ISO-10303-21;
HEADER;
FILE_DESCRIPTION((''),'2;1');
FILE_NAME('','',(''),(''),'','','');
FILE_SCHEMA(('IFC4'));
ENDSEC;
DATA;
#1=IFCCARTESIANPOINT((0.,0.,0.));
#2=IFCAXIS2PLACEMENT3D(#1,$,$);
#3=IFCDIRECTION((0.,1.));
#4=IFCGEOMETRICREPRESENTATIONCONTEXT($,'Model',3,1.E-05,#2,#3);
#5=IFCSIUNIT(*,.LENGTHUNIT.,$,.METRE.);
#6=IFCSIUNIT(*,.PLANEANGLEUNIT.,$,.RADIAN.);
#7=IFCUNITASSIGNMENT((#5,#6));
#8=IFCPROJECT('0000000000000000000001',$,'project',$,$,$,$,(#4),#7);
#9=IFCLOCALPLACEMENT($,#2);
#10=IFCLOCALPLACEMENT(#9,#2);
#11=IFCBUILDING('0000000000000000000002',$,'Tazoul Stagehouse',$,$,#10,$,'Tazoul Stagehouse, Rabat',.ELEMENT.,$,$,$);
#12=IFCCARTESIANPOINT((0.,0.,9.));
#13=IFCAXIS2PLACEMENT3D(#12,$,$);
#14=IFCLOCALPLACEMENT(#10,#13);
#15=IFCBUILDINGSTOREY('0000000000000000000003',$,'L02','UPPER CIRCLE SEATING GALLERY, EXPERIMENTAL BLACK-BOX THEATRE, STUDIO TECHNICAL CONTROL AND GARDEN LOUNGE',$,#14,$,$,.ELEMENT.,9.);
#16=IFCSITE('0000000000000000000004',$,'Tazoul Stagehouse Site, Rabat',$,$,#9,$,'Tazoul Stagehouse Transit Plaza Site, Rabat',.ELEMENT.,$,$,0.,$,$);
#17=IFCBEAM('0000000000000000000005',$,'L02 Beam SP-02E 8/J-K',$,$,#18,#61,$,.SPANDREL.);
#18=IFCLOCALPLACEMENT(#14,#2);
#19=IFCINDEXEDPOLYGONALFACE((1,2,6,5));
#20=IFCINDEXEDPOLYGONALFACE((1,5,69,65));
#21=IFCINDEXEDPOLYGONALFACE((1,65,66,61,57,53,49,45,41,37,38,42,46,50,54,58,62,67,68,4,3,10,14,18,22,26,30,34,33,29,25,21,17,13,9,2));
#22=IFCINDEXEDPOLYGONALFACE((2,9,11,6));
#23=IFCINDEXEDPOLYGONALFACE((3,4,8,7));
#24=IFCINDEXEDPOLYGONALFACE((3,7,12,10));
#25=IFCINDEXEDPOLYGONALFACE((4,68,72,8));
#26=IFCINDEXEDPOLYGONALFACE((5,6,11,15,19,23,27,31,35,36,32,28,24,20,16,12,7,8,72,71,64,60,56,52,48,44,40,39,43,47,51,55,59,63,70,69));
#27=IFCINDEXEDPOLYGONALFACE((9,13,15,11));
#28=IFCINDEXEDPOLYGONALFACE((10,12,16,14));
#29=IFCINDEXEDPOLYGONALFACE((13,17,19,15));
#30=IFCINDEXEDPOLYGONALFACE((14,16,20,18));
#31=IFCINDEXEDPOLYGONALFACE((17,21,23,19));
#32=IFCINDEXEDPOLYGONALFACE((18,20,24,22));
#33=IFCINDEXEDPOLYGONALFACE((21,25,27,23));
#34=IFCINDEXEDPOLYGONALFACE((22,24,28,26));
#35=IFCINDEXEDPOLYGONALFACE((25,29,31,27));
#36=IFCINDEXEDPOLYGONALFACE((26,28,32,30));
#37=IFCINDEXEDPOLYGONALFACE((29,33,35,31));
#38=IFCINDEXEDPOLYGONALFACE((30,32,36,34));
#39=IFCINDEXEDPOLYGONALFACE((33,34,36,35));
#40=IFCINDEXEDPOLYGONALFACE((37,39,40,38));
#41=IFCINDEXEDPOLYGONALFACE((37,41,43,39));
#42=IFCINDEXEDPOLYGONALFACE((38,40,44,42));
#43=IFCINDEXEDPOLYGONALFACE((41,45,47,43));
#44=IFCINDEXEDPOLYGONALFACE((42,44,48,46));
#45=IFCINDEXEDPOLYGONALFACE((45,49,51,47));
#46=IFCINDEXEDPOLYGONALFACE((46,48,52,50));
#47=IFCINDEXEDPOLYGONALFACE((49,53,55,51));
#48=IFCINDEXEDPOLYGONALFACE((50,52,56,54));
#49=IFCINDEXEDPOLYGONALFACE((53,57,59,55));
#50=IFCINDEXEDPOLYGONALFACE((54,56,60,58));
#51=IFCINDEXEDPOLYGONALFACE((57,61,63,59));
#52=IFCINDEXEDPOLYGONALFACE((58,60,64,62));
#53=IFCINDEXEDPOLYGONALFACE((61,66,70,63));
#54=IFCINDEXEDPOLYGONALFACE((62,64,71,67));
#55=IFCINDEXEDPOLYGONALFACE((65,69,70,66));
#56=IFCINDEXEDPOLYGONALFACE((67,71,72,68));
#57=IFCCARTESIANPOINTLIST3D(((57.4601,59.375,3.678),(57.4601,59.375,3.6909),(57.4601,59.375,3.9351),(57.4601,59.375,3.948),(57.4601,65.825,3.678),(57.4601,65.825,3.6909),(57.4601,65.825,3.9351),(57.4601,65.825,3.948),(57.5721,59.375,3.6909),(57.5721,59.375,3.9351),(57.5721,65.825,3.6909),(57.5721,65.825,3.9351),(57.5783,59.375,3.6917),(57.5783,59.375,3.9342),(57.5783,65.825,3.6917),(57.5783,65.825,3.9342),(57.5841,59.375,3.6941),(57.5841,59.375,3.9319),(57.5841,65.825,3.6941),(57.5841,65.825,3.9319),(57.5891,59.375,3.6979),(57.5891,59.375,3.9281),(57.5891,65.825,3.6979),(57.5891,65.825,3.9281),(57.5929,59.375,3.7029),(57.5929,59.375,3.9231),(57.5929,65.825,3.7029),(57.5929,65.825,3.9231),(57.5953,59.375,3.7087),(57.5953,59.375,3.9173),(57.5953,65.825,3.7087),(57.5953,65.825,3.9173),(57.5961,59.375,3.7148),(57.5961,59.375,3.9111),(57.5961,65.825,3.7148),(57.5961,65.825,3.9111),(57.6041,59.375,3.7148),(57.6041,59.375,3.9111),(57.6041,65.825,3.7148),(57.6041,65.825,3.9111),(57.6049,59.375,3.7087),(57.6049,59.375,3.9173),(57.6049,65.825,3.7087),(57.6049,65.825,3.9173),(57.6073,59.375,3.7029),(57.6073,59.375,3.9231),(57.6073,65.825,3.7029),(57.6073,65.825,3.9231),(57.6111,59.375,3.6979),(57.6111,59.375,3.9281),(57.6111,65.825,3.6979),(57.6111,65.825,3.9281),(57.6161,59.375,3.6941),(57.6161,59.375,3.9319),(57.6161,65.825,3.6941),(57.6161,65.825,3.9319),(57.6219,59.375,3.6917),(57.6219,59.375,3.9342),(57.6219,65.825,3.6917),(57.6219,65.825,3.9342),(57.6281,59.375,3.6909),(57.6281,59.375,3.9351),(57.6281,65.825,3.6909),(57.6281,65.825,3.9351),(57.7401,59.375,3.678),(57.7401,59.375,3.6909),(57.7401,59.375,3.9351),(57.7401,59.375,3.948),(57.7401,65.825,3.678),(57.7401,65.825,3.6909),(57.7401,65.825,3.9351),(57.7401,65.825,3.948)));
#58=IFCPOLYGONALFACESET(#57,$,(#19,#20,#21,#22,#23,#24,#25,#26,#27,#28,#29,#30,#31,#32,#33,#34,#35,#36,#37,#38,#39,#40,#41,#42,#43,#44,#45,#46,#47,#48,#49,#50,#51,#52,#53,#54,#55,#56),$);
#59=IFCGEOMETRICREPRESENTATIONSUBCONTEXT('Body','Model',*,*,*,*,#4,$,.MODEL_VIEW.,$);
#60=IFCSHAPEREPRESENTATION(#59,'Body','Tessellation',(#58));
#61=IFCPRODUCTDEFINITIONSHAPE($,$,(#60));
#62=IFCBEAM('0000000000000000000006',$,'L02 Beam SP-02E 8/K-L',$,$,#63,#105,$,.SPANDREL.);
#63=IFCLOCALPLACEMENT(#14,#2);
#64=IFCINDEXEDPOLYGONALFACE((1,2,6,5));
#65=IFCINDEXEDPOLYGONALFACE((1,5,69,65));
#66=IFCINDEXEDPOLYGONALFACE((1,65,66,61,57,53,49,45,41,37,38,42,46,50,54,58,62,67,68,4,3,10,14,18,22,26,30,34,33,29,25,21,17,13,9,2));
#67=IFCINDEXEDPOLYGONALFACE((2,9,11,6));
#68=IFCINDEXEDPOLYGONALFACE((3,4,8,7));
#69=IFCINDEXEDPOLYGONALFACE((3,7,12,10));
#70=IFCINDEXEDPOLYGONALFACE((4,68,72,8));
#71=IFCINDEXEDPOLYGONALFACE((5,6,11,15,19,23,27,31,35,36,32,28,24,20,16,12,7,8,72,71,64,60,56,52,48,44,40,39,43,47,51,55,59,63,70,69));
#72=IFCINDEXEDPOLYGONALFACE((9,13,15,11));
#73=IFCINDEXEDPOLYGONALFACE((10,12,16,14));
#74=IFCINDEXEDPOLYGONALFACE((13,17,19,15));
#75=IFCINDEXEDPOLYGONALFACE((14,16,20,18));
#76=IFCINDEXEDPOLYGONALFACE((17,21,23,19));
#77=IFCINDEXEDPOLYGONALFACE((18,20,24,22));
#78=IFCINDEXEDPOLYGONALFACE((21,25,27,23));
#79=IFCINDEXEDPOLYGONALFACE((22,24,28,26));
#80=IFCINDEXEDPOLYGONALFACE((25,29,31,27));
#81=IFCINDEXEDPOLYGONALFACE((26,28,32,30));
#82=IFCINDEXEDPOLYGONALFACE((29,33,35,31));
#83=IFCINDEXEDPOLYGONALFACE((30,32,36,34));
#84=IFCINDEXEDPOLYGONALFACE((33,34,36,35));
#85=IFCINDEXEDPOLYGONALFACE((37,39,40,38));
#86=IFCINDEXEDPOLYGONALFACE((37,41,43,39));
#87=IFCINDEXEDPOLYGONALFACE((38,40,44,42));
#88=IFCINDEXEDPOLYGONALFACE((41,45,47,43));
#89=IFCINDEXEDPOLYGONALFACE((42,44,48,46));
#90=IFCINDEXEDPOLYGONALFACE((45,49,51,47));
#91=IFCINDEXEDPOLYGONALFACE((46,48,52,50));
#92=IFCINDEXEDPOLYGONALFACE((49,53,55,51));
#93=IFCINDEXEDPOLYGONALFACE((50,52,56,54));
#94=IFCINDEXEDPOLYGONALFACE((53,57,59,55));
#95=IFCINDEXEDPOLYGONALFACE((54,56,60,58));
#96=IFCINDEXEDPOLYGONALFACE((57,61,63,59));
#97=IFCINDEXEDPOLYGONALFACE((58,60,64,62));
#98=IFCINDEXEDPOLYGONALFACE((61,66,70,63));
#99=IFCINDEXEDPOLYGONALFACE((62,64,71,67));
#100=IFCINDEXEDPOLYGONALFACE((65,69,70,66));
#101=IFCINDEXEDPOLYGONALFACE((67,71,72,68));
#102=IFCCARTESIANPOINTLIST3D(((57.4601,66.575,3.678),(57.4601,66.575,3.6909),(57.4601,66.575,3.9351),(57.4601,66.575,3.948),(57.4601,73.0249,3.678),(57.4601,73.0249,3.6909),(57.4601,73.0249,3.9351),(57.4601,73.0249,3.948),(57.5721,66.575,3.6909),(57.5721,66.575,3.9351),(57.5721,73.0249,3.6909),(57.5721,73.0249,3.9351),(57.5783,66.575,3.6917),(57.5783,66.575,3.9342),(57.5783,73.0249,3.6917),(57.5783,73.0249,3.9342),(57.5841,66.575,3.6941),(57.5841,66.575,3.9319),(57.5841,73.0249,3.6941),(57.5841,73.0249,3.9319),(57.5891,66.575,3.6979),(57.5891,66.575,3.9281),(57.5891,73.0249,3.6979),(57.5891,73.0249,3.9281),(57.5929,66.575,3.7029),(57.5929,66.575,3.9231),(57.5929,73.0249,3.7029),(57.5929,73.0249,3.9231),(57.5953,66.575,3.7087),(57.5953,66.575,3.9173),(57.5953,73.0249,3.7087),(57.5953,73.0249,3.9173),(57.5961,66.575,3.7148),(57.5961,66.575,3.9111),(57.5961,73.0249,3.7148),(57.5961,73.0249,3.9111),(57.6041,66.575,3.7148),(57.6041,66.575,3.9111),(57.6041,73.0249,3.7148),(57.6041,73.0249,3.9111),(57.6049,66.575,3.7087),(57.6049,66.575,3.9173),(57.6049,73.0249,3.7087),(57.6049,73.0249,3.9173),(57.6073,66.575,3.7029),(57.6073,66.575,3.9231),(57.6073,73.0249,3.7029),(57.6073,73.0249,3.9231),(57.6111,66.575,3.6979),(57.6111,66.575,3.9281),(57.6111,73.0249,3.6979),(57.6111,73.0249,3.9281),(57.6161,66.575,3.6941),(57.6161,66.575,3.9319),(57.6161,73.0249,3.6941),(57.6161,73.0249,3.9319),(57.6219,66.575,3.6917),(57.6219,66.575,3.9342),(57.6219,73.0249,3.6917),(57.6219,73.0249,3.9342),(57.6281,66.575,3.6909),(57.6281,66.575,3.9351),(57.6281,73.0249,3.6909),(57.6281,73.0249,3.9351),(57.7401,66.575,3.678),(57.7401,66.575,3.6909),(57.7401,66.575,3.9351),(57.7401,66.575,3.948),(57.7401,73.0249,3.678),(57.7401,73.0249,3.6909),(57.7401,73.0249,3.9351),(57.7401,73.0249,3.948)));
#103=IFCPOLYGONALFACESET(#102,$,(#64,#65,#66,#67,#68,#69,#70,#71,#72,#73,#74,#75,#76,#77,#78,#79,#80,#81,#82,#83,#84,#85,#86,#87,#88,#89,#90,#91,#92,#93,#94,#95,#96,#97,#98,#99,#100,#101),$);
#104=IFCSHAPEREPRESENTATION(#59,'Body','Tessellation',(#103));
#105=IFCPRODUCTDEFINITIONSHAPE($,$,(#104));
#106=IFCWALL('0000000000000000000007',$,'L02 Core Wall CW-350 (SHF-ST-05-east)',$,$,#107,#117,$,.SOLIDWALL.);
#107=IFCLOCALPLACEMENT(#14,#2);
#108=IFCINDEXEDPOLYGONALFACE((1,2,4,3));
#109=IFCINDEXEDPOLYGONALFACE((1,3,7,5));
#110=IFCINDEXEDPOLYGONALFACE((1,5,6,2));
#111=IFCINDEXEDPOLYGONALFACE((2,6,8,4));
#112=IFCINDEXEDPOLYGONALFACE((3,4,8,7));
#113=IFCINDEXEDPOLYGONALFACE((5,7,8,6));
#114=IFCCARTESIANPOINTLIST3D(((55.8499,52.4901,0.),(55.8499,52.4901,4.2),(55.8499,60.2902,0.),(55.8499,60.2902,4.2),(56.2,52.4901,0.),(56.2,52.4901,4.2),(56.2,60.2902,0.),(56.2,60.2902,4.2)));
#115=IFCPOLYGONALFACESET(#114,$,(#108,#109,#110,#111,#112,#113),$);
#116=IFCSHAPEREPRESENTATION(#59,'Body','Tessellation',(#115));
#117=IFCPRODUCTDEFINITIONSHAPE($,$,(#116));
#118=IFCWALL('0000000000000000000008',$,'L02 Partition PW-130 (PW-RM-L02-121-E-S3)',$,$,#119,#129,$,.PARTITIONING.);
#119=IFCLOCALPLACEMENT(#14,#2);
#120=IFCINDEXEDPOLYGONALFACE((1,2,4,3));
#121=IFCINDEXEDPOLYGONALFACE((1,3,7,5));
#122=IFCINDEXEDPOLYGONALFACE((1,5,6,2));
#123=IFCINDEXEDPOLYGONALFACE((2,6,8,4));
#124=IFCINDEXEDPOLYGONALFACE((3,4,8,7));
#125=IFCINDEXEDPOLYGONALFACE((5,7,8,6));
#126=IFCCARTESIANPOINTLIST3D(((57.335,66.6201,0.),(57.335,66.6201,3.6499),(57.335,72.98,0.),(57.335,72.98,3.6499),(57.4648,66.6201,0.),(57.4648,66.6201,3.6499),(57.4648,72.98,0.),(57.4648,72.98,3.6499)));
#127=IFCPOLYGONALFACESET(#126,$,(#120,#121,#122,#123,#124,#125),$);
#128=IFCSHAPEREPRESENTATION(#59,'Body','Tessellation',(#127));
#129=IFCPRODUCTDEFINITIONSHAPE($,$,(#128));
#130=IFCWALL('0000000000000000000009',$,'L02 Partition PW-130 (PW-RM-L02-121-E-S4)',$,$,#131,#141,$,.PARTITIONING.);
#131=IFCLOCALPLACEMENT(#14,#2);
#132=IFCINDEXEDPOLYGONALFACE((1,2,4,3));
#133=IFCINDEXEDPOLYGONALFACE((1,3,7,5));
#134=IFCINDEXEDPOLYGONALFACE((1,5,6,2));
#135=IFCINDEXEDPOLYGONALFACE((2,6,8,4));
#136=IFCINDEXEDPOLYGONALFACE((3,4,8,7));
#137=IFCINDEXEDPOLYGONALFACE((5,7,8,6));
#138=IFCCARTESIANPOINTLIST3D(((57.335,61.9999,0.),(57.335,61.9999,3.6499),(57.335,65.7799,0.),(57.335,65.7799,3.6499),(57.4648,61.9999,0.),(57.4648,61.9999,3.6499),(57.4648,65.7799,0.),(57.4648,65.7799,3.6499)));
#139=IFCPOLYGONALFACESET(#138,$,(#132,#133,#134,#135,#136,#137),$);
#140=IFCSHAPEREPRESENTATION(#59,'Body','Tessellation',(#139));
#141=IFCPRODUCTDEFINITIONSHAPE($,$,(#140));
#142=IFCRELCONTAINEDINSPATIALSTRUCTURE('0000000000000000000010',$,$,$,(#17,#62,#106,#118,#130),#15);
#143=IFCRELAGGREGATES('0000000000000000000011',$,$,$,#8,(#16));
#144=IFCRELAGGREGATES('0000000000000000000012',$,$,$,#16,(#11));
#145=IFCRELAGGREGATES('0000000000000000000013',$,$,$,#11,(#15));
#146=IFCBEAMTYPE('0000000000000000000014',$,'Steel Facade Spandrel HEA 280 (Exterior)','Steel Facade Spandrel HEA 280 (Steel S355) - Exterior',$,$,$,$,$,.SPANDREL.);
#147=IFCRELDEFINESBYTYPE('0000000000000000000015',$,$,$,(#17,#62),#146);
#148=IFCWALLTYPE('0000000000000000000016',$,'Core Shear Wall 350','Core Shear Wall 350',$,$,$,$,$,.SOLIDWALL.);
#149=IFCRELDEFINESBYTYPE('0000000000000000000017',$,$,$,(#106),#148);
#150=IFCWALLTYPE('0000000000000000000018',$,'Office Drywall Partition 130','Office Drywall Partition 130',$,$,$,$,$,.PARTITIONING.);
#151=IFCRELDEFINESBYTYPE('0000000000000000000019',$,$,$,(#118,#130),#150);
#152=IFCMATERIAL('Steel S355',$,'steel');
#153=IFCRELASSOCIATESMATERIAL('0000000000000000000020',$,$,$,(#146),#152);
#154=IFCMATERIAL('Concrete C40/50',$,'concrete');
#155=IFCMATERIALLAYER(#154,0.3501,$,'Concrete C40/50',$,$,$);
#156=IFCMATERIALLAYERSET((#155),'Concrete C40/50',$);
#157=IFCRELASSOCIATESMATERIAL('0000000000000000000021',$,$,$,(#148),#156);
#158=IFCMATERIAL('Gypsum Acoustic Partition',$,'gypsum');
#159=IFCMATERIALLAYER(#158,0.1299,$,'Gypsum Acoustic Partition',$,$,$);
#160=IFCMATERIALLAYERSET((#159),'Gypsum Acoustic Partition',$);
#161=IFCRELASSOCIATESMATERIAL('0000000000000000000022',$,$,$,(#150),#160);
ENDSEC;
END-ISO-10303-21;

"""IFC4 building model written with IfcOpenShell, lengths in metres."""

from ifc_helpers import new_model, si_unit, direction, frame, frame_2d, origin, origin_2d, place, context, subcontext, project, spatial, rectangle, i_section, extrude, material, layer, layer_set, material_profile, profile_set, type_object, element, save


model = new_model("IFC4")

# Units and contexts
model_context = context("Model", 3, precision=1e-05, world=origin(), true_north=direction((0.0, 1.0)))
body_context = subcontext(model_context, "Body", "Model", "MODEL_VIEW")
ifc_project = project(units=[si_unit("LENGTHUNIT", "METRE"), si_unit("PLANEANGLEUNIT", "RADIAN")], contexts=[model_context])

# Site, building, storey
site_placement = place(None, origin())
site = spatial("IfcSite", under=ifc_project, at=site_placement, Name="Tazoul Stagehouse Site, Rabat", LongName="Tazoul Stagehouse Transit Plaza Site, Rabat", CompositionType="ELEMENT", RefElevation=0.0)
building_placement = place(site_placement, origin())
building = spatial("IfcBuilding", under=site, at=building_placement, Name="Tazoul Stagehouse", LongName="Tazoul Stagehouse, Rabat", CompositionType="ELEMENT")
storey_placement = place(building_placement, frame((0.0, 0.0, 9.0)))
storey = spatial("IfcBuildingStorey", under=building, at=storey_placement, Name="L02", Description="UPPER CIRCLE SEATING GALLERY, EXPERIMENTAL BLACK-BOX THEATRE, STUDIO TECHNICAL CONTROL AND GARDEN LOUNGE", CompositionType="ELEMENT", Elevation=9.0)

# Shared definitions
ifc_material_1 = material(Name="Concrete C40/50", Category="concrete")

# Beams
ifc_material_2 = material(Name="Steel S355", Category="steel")
ifc_material_profile_1 = material_profile(ifc_material_2, i_section(OverallWidth=0.28, OverallDepth=0.27, WebThickness=0.0081, FlangeThickness=0.0129, FilletRadius=0.0239, at=origin_2d()), Name="HEA 280")
ifc_profile_set_1 = profile_set([ifc_material_profile_1], Name="Steel S355")
beam_type_1 = type_object("IfcBeamType", Name="Steel Facade Spandrel HEA 280 (Exterior)", Description="Steel Facade Spandrel HEA 280 (Steel S355) - Exterior", PredefinedType="SPANDREL", material=ifc_profile_set_1)
for number, where, z_axis, x_axis, name in (
    (1, (57.6001, 59.375, 3.813), (0.0, 1.0, 0.0), (-1.0, 0.0, 0.0), "L02 Beam SP-02E 8/J-K"),
    (2, (57.6001, 66.575, 3.813), (0.0, 1.0, 0.0), (-1.0, 0.0, 0.0), "L02 Beam SP-02E 8/K-L"),
):
    element("IfcBeam", number, at=place(storey_placement, frame(where, z_axis=z_axis, x_axis=x_axis)), inside=storey, type_object=beam_type_1, Name=name, PredefinedType="SPANDREL", context=body_context, shape_type="SweptSolid", body=[
        extrude(i_section(OverallWidth=0.28, OverallDepth=0.27, WebThickness=0.0081, FlangeThickness=0.0129, FilletRadius=0.0239, at=origin_2d()), origin(), (0.0, 0.0, 1.0), 6.45),
    ])

# Walls
ifc_layer_1 = layer(ifc_material_1, 0.3501, Name="Concrete C40/50")
ifc_layer_set_1 = layer_set([ifc_layer_1], Name="Concrete C40/50")
wall_type_1 = type_object("IfcWallType", Name="Core Shear Wall 350", Description="Core Shear Wall 350", PredefinedType="SOLIDWALL", material=ifc_layer_set_1)
wall_1_placement = place(storey_placement, frame((56.0249, 60.29, 0.0), z_axis=(0.0, 0.0, 1.0), x_axis=(0.0, -1.0, 0.0)))
element("IfcWall", 3, at=wall_1_placement, inside=storey, type_object=wall_type_1, Name="L02 Core Wall CW-350 (SHF-ST-05-east)", PredefinedType="SOLIDWALL", context=body_context, shape_type="SweptSolid", body=[
    extrude(rectangle(XDim=7.8, YDim=0.3501, at=frame_2d((3.8999, 0.0))), origin(), (0.0, 0.0, 1.0), 4.2),
])
ifc_material_3 = material(Name="Gypsum Acoustic Partition", Category="gypsum")
ifc_layer_2 = layer(ifc_material_3, 0.1299, Name="Gypsum Acoustic Partition")
ifc_layer_set_2 = layer_set([ifc_layer_2], Name="Gypsum Acoustic Partition")
wall_type_2 = type_object("IfcWallType", Name="Office Drywall Partition 130", Description="Office Drywall Partition 130", PredefinedType="PARTITIONING", material=ifc_layer_set_2)
wall_2_placement = place(storey_placement, frame((57.3999, 72.98, 0.0), z_axis=(0.0, 0.0, 1.0), x_axis=(0.0, -1.0, 0.0)))
element("IfcWall", 4, at=wall_2_placement, inside=storey, type_object=wall_type_2, Name="L02 Partition PW-130 (PW-RM-L02-121-E-S3)", PredefinedType="PARTITIONING", context=body_context, shape_type="SweptSolid", body=[
    extrude(rectangle(XDim=6.3599, YDim=0.1299, at=frame_2d((3.1799, 0.0))), origin(), (0.0, 0.0, 1.0), 3.6499),
])
wall_3_placement = place(storey_placement, frame((57.3999, 65.78, 0.0), z_axis=(0.0, 0.0, 1.0), x_axis=(0.0, -1.0, 0.0)))
element("IfcWall", 5, at=wall_3_placement, inside=storey, type_object=wall_type_2, Name="L02 Partition PW-130 (PW-RM-L02-121-E-S4)", PredefinedType="PARTITIONING", context=body_context, shape_type="SweptSolid", body=[
    extrude(rectangle(XDim=3.78, YDim=0.1299, at=frame_2d((1.8901, 0.0))), origin(), (0.0, 0.0, 1.0), 3.6499),
])

save(model, "model.ifc")
